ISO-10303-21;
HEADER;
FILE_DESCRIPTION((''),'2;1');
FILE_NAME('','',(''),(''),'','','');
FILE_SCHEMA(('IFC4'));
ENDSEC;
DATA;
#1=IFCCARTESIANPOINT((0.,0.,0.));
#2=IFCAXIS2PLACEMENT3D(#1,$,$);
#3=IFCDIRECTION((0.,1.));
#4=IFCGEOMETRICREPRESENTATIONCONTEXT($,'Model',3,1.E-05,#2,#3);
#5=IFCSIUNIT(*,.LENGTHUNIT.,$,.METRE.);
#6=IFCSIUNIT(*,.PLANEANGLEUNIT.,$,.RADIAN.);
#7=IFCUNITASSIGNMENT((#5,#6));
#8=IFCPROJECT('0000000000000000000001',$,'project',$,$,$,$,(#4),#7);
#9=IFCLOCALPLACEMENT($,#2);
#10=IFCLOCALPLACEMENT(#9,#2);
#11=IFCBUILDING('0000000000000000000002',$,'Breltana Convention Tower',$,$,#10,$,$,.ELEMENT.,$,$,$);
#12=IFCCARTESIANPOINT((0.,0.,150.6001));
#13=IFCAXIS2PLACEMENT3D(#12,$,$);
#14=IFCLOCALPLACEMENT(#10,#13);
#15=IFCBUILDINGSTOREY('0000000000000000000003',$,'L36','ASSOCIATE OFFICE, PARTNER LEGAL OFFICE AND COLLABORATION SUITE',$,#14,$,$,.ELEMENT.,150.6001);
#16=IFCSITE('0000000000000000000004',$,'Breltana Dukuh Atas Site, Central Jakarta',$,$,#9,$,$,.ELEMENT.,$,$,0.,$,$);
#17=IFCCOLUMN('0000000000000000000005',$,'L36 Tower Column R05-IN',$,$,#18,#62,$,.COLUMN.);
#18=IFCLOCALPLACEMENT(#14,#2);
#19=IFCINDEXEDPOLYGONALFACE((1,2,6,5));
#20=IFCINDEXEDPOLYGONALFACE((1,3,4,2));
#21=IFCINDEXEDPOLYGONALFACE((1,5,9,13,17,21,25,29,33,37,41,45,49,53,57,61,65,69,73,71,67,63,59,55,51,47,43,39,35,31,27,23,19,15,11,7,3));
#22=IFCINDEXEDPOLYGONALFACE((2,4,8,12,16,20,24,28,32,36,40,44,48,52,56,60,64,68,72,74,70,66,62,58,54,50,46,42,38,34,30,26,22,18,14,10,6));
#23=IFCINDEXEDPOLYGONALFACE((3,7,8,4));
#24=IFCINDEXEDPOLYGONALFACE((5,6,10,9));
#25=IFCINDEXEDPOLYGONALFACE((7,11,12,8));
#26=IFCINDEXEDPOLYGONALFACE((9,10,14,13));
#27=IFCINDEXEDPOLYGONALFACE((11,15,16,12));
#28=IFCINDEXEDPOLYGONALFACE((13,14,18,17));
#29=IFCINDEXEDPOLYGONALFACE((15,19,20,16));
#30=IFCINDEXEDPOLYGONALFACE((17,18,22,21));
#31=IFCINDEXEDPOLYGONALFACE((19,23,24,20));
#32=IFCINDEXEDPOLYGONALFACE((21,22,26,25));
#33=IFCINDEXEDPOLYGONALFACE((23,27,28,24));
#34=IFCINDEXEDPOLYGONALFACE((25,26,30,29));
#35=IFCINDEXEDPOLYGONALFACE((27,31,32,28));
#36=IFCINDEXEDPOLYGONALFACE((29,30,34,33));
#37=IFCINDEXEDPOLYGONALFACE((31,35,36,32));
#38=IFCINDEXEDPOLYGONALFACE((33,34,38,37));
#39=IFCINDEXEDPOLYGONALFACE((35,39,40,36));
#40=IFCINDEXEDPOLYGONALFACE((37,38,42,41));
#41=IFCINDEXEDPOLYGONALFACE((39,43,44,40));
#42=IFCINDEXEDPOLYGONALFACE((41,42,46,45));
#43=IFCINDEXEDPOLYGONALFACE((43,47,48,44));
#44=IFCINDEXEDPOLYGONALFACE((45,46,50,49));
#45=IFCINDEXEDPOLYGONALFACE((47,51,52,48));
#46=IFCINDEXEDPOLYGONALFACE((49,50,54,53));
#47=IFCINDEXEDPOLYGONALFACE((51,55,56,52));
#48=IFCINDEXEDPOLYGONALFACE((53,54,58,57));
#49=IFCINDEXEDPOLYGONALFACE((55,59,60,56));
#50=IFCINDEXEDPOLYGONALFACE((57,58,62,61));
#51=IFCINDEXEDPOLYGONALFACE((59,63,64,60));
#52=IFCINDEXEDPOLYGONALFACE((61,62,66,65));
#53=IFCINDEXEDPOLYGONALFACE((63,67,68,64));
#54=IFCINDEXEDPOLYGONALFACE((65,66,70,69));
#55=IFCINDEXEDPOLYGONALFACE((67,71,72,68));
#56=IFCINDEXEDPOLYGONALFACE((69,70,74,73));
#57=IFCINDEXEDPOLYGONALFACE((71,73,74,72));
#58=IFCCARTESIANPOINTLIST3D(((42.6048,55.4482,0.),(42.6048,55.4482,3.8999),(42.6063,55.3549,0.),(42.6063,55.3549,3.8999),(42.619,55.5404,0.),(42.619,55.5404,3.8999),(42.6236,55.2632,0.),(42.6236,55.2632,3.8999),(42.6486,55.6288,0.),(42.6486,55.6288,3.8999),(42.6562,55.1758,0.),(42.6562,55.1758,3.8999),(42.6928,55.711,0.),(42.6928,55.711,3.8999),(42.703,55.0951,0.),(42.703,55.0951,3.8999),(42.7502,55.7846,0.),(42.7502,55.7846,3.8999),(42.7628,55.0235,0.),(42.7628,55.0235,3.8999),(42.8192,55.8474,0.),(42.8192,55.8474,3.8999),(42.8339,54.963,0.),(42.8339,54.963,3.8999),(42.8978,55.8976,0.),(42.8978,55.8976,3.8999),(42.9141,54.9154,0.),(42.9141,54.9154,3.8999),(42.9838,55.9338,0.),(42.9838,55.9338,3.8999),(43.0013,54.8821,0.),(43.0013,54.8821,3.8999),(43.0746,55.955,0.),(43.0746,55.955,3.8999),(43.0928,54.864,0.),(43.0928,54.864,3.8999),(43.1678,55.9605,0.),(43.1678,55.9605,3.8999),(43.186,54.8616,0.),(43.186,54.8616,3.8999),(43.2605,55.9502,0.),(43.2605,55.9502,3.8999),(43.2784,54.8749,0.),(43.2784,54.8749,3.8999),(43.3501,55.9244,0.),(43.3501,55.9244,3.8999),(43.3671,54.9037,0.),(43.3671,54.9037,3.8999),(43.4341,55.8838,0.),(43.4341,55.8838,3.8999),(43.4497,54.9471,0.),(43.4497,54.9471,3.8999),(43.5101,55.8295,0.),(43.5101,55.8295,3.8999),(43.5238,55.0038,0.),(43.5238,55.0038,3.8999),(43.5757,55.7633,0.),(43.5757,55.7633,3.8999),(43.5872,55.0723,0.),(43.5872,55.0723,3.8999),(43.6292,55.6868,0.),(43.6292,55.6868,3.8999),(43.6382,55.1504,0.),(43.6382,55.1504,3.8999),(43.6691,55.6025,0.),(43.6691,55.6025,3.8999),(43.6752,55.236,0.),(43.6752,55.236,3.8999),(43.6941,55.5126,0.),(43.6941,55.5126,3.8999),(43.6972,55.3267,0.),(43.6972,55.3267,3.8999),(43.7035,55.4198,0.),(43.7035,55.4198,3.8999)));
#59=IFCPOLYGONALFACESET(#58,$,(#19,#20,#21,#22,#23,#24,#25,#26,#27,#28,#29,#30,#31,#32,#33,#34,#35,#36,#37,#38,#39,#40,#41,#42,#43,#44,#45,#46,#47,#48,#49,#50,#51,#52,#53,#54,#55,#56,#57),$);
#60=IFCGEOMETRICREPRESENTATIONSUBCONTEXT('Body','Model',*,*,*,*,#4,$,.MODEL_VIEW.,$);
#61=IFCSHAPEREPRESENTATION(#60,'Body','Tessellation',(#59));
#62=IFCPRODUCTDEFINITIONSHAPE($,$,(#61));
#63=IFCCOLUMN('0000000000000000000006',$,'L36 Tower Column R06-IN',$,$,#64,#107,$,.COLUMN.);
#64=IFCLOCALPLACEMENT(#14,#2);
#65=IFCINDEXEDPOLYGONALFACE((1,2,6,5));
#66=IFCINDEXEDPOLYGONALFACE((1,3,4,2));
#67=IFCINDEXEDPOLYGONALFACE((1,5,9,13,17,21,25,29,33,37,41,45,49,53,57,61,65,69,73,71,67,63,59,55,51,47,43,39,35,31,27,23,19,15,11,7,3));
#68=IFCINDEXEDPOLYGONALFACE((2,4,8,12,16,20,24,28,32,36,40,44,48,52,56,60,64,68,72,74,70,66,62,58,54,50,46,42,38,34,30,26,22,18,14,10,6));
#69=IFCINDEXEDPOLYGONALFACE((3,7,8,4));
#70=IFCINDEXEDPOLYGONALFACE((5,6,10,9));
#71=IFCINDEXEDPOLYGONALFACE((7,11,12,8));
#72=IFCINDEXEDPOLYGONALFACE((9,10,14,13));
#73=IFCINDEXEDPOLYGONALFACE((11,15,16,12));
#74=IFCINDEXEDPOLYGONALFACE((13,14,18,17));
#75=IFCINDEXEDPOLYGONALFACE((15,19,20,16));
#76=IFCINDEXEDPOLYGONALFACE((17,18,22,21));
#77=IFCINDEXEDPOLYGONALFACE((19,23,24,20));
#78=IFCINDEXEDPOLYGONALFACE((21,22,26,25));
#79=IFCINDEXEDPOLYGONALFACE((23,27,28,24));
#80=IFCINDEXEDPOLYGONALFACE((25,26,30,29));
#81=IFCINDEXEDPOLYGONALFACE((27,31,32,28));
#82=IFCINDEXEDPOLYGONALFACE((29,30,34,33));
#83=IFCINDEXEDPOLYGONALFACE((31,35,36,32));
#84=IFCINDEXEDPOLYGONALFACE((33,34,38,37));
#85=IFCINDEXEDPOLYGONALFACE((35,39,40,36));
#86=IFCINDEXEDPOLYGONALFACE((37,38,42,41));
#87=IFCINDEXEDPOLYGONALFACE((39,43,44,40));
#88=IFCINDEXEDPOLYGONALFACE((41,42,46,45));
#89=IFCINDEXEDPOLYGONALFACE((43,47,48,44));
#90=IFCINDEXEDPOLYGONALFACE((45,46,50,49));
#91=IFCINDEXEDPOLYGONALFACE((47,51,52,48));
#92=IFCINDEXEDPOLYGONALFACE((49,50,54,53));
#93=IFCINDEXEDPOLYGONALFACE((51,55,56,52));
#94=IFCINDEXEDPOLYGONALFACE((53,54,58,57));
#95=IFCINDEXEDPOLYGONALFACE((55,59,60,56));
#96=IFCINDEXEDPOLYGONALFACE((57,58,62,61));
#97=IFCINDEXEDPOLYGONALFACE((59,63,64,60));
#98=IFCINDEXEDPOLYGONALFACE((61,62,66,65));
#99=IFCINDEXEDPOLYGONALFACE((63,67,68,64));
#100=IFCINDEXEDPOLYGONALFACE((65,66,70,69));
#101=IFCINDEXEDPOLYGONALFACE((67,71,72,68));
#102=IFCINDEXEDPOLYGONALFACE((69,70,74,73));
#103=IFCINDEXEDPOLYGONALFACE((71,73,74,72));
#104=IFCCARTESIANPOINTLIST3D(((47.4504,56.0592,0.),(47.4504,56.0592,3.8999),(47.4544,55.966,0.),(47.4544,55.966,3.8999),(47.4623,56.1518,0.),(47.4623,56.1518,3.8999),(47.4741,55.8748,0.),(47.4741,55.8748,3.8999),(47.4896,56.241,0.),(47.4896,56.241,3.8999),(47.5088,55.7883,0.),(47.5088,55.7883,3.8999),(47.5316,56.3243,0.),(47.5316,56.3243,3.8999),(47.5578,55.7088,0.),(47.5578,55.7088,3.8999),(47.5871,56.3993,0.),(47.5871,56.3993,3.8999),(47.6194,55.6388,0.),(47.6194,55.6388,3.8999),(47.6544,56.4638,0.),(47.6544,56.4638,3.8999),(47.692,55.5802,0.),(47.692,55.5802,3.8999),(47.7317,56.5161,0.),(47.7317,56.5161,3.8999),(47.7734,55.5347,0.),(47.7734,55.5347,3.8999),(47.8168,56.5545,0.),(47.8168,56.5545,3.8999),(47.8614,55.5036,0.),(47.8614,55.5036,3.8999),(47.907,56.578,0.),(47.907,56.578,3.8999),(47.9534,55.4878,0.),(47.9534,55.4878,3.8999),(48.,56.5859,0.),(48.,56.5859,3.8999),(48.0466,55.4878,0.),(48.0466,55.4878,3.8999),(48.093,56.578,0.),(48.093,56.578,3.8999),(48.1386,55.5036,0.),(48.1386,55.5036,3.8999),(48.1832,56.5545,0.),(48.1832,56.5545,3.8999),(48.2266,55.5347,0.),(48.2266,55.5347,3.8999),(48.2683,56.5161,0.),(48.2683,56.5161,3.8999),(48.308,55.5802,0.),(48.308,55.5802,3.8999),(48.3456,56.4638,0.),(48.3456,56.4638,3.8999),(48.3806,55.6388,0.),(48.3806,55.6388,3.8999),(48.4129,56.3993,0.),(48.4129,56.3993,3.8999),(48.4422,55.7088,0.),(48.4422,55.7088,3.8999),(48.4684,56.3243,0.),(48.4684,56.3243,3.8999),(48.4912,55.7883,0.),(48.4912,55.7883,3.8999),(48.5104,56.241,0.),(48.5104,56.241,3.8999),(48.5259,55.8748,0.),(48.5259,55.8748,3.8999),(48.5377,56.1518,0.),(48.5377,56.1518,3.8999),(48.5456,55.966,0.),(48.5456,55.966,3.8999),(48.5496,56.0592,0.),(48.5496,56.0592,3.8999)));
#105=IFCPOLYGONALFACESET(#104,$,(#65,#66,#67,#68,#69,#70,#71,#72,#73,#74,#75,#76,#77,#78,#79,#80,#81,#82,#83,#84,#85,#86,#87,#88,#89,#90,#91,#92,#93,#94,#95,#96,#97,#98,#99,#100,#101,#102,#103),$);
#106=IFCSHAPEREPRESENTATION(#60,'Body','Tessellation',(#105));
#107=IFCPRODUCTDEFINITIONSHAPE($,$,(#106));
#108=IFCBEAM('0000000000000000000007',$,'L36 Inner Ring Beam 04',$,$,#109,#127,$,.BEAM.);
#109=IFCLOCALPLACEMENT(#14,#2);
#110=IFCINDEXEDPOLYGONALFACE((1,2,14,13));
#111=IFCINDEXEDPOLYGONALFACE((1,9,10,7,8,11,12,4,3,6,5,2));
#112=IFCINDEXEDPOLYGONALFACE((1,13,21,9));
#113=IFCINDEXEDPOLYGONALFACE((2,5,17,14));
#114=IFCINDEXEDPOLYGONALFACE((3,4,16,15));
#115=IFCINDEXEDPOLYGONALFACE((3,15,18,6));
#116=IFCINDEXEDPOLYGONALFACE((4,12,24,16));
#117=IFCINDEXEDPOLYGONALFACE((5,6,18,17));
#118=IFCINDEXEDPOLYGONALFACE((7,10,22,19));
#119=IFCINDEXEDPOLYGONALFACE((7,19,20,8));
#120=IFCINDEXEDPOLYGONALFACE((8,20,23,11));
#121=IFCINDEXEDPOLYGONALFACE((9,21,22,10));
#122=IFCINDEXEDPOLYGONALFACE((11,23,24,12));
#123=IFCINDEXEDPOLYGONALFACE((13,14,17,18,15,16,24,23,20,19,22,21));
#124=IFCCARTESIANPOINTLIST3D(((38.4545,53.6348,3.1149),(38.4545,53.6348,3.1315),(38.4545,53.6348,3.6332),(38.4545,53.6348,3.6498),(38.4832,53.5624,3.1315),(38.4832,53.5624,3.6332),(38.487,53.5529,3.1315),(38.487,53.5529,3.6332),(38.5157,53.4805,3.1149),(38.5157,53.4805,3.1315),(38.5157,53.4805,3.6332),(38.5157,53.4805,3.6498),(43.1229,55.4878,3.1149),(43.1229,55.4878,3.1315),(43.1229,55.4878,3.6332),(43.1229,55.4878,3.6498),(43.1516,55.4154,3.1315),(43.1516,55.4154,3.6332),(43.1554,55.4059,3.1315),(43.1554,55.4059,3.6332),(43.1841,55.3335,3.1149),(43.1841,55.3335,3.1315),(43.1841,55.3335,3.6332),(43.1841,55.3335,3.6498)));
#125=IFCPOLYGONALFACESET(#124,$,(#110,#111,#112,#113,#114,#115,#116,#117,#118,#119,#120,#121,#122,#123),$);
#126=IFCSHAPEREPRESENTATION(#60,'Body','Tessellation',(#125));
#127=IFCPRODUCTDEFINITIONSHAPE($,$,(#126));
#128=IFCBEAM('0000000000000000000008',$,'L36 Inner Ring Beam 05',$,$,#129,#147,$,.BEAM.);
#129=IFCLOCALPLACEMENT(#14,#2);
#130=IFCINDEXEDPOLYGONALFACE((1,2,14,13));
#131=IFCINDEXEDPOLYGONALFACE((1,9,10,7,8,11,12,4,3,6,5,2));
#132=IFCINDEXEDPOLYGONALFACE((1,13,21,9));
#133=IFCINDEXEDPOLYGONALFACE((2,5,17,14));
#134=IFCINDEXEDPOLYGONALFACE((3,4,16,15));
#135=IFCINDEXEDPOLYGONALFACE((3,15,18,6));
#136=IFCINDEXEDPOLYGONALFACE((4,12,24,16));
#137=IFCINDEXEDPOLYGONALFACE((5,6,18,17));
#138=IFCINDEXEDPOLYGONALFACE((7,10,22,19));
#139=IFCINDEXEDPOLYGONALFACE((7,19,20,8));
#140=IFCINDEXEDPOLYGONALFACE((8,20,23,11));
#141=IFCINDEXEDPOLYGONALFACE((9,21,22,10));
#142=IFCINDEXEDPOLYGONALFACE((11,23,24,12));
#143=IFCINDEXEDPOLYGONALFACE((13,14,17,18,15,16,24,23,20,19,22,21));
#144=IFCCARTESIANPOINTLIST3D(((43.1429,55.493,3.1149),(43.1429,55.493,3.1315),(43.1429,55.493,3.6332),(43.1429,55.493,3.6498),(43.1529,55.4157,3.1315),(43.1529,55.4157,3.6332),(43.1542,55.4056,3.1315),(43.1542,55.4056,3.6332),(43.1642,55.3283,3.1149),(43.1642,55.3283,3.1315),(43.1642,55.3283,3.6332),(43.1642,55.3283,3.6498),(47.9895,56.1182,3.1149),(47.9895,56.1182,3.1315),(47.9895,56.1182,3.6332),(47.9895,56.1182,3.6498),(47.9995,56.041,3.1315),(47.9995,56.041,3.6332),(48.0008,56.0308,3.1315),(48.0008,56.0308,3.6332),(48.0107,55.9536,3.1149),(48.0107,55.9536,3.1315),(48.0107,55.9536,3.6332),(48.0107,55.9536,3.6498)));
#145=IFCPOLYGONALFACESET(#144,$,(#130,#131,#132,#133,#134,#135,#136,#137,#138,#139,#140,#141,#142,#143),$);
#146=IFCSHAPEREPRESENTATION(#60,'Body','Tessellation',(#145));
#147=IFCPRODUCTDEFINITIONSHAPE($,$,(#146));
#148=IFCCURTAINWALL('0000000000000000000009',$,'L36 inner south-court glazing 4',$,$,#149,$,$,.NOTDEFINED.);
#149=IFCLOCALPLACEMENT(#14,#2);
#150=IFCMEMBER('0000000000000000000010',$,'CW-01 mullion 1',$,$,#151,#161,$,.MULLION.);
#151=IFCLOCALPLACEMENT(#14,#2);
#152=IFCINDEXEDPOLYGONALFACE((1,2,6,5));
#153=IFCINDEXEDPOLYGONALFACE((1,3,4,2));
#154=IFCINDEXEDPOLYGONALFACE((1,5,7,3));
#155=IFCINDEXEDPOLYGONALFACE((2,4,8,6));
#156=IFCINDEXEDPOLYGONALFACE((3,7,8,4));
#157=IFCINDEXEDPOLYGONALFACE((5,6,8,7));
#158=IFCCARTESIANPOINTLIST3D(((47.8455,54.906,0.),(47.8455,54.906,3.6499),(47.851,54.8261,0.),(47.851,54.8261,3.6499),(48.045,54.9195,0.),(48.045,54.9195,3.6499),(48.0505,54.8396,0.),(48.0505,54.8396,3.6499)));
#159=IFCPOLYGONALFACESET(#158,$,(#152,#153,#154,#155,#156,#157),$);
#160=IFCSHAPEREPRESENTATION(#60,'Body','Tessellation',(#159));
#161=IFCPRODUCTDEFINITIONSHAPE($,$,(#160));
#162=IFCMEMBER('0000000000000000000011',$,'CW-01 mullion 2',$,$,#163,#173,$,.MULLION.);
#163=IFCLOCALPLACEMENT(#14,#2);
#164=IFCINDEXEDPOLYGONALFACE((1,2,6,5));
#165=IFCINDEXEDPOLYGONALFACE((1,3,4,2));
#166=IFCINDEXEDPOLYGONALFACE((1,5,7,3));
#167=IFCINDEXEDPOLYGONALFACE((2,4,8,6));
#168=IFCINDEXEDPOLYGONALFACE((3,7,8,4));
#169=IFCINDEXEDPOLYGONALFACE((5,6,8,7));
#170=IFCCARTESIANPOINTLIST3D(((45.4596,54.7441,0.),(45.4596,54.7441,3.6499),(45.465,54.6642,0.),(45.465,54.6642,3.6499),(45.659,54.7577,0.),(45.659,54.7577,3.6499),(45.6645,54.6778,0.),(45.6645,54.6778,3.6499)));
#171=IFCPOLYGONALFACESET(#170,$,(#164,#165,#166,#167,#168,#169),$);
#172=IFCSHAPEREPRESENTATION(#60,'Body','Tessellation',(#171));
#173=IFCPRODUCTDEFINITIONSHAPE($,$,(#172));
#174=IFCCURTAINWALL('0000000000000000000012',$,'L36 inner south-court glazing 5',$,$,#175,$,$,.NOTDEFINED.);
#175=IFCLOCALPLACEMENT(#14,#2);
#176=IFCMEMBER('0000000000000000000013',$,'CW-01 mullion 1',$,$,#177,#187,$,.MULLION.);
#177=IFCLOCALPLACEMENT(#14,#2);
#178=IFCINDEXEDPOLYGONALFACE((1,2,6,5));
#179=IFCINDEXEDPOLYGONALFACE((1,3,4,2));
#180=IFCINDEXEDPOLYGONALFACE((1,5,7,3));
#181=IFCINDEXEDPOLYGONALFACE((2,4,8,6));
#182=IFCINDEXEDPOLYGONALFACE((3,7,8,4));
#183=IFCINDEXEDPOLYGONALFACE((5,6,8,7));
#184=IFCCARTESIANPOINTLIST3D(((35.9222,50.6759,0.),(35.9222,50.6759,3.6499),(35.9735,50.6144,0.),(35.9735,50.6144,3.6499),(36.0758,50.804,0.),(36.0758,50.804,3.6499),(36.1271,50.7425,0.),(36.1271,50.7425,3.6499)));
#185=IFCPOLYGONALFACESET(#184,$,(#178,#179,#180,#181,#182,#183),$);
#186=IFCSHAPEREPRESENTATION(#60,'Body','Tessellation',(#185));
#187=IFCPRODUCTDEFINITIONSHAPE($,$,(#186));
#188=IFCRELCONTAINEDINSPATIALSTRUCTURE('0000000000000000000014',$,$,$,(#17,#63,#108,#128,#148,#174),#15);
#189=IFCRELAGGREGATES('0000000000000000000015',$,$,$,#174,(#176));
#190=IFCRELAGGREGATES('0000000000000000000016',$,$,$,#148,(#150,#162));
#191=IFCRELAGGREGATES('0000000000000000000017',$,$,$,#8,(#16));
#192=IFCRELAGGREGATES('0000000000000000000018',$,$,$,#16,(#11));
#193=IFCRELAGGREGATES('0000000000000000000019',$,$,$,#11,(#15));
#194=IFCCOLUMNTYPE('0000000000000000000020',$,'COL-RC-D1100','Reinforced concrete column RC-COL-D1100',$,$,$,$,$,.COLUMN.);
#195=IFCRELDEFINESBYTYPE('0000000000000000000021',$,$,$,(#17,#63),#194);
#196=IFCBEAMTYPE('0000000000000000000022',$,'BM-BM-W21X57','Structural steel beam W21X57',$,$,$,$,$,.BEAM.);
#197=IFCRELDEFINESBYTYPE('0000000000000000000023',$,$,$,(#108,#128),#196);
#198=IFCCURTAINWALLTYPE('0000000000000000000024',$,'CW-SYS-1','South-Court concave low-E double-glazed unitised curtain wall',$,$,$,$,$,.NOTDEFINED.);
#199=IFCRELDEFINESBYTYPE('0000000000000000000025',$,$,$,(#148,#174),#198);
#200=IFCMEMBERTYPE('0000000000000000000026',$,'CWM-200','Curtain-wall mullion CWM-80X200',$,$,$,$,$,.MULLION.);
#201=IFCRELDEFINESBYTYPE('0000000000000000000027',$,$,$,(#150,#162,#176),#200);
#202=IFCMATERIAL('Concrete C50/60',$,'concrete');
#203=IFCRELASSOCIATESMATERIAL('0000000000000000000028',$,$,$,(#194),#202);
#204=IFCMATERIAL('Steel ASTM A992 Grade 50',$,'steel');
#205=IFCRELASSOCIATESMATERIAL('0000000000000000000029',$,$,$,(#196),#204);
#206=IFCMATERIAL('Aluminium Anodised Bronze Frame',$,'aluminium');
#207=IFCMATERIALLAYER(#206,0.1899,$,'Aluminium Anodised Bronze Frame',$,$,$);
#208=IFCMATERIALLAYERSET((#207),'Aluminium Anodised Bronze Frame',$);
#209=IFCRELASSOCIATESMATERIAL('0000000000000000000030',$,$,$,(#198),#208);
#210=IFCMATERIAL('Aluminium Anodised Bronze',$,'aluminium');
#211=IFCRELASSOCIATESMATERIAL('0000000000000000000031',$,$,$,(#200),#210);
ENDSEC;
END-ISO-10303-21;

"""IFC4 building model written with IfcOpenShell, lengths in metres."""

from ifc_helpers import new_model, si_unit, direction, frame, origin, origin_2d, place, context, subcontext, project, spatial, rectangle, circle, i_section, extrude, source, transform, mapped, material, layer, layer_set, material_profile, profile_set, type_object, element, aggregate, save


model = new_model("IFC4")

# Units and contexts
model_context = context("Model", 3, precision=1e-05, world=origin(), true_north=direction((0.0, 1.0)))
body_context = subcontext(model_context, "Body", "Model", "MODEL_VIEW")
ifc_project = project(units=[si_unit("LENGTHUNIT", "METRE"), si_unit("PLANEANGLEUNIT", "RADIAN")], contexts=[model_context])

# Site, building, storey
site_placement = place(None, origin())
site = spatial("IfcSite", under=ifc_project, at=site_placement, Name="Breltana Dukuh Atas Site, Central Jakarta", CompositionType="ELEMENT", RefElevation=0.0)
building_placement = place(site_placement, origin())
building = spatial("IfcBuilding", under=site, at=building_placement, Name="Breltana Convention Tower", CompositionType="ELEMENT")
storey_placement = place(building_placement, frame((0.0, 0.0, 150.6001)))
storey = spatial("IfcBuildingStorey", under=building, at=storey_placement, Name="L36", Description="ASSOCIATE OFFICE, PARTNER LEGAL OFFICE AND COLLABORATION SUITE", CompositionType="ELEMENT", Elevation=150.6001)

# Columns
ifc_material_1 = material(Name="Concrete C50/60", Category="concrete")
ifc_material_profile_1 = material_profile(ifc_material_1, circle(Radius=0.55, at=origin_2d()), Name="RC-COL-D1100")
ifc_profile_set_1 = profile_set([ifc_material_profile_1], Name="Concrete C50/60")
column_type = type_object("IfcColumnType", Name="COL-RC-D1100", Description="Reinforced concrete column RC-COL-D1100", PredefinedType="COLUMN", material=ifc_profile_set_1)
shared_shape_1 = source(origin(), body_context, "Body", "SweptSolid", [
    extrude(circle(Radius=0.55, at=origin_2d()), origin(), (0.0, 0.0, 1.0), 3.8999),
])
for number, where, z_axis, x_axis, name in (
    (1, (43.1536, 55.4106, 0.0), (0.0, 0.0, 1.0), (-0.143493, 0.989651, 0.0), "L36 Tower Column R05-IN"),
    (2, (48.0, 56.0359, 0.0), (0.0, 0.0, 1.0), (0.0, 1.0, 0.0), "L36 Tower Column R06-IN"),
):
    element("IfcColumn", number, at=place(storey_placement, frame(where, z_axis=z_axis, x_axis=x_axis)), inside=storey, type_object=column_type, Name=name, PredefinedType="COLUMN", context=body_context, shape_type="MappedRepresentation", body=[
        mapped(shared_shape_1, transform((0.0, 0.0, 0.0), scale=1.0)),
    ])

# Beams
ifc_material_2 = material(Name="Steel ASTM A992 Grade 50", Category="steel")
ifc_material_profile_2 = material_profile(ifc_material_2, i_section(OverallWidth=0.166, OverallDepth=0.5349, WebThickness=0.0103, FlangeThickness=0.0166, at=origin_2d()), Name="W21X57")
ifc_profile_set_2 = profile_set([ifc_material_profile_2], Name="Steel ASTM A992 Grade 50")
beam_type = type_object("IfcBeamType", Name="BM-BM-W21X57", Description="Structural steel beam W21X57", PredefinedType="BEAM", material=ifc_profile_set_2)
shared_shape_2 = source(origin(), body_context, "Body", "SweptSolid", [
    extrude(i_section(OverallWidth=0.166, OverallDepth=0.5349, WebThickness=0.0103, FlangeThickness=0.0166, at=origin_2d()), origin(), (0.0, 0.0, 1.0), 5.0227),
])
beam_1_placement = place(storey_placement, frame((38.4851, 53.5576, 3.3823), z_axis=(0.929459, 0.368926, 0.0), x_axis=(-0.368926, 0.929459, 0.0)))
element("IfcBeam", 3, at=beam_1_placement, inside=storey, type_object=beam_type, Name="L36 Inner Ring Beam 04", PredefinedType="BEAM", context=body_context, shape_type="MappedRepresentation", body=[
    mapped(shared_shape_2, transform((0.0, 0.0, 0.0), scale=1.0)),
])
shared_shape_3 = source(origin(), body_context, "Body", "SweptSolid", [
    extrude(i_section(OverallWidth=0.166, OverallDepth=0.5349, WebThickness=0.0103, FlangeThickness=0.0166, at=origin_2d()), origin(), (0.0, 0.0, 1.0), 4.8867),
])
beam_2_placement = place(storey_placement, frame((43.1536, 55.4106, 3.3823), z_axis=(0.991781, 0.127951, 0.0), x_axis=(-0.127951, 0.991781, 0.0)))
element("IfcBeam", 4, at=beam_2_placement, inside=storey, type_object=beam_type, Name="L36 Inner Ring Beam 05", PredefinedType="BEAM", context=body_context, shape_type="MappedRepresentation", body=[
    mapped(shared_shape_3, transform((0.0, 0.0, 0.0), scale=1.0)),
])

# Curtain wall, members
ifc_material_3 = material(Name="Aluminium Anodised Bronze Frame", Category="aluminium")
ifc_layer_1 = layer(ifc_material_3, 0.1899, Name="Aluminium Anodised Bronze Frame")
ifc_layer_set_1 = layer_set([ifc_layer_1], Name="Aluminium Anodised Bronze Frame")
curtain_wall_type = type_object("IfcCurtainWallType", Name="CW-SYS-1", Description="South-Court concave low-E double-glazed unitised curtain wall", PredefinedType="NOTDEFINED", material=ifc_layer_set_1)
curtain_wall_1_placement = place(storey_placement, origin())
curtain_wall_1 = element("IfcCurtainWall", 5, at=curtain_wall_1_placement, inside=storey, type_object=curtain_wall_type, Name="L36 inner south-court glazing 4", PredefinedType="NOTDEFINED")
ifc_material_4 = material(Name="Aluminium Anodised Bronze", Category="aluminium")
ifc_material_profile_3 = material_profile(ifc_material_4, rectangle(XDim=0.0801, YDim=0.2, at=origin_2d()), Name="CWM-80X200")
ifc_profile_set_3 = profile_set([ifc_material_profile_3], Name="Aluminium Anodised Bronze")
member_type_1 = type_object("IfcMemberType", Name="CWM-200", Description="Curtain-wall mullion CWM-80X200", PredefinedType="MULLION", material=ifc_profile_set_3)
shared_shape_4 = source(origin(), body_context, "Body", "SweptSolid", [
    extrude(rectangle(XDim=0.0801, YDim=0.2, at=origin_2d()), origin(), (0.0, 0.0, 1.0), 3.6499),
])
member_1_placement = place(storey_placement, frame((47.948, 54.8728, 0.0), z_axis=(0.0, 0.0, 1.0), x_axis=(0.067733, -0.997703, 0.0)))
member_1 = element("IfcMember", 6, at=member_1_placement, type_object=member_type_1, Name="CW-01 mullion 1", PredefinedType="MULLION", context=body_context, shape_type="MappedRepresentation", body=[
    mapped(shared_shape_4, transform((0.0, 0.0, 0.0), scale=1.0)),
])
member_2_placement = place(storey_placement, frame((45.562, 54.7109, 0.0), z_axis=(0.0, 0.0, 1.0), x_axis=(0.067733, -0.997703, 0.0)))
member_2 = element("IfcMember", 7, at=member_2_placement, type_object=member_type_1, Name="CW-01 mullion 2", PredefinedType="MULLION", context=body_context, shape_type="MappedRepresentation", body=[
    mapped(shared_shape_4, transform((0.0, 0.0, 0.0), scale=1.0)),
])

# Curtain wall, member
curtain_wall_2_placement = place(storey_placement, origin())
curtain_wall_2 = element("IfcCurtainWall", 8, at=curtain_wall_2_placement, inside=storey, type_object=curtain_wall_type, Name="L36 inner south-court glazing 5", PredefinedType="NOTDEFINED")
member_3_placement = place(storey_placement, frame((36.0247, 50.7092, 0.0), z_axis=(0.0, 0.0, 1.0), x_axis=(0.640537, -0.767927, 0.0)))
member_3 = element("IfcMember", 9, at=member_3_placement, type_object=member_type_1, Name="CW-01 mullion 1", PredefinedType="MULLION", context=body_context, shape_type="MappedRepresentation", body=[
    mapped(shared_shape_4, transform((0.0, 0.0, 0.0), scale=1.0)),
])
aggregate(curtain_wall_2, [member_3])

aggregate(curtain_wall_1, [member_1, member_2])

save(model, "model.ifc")
